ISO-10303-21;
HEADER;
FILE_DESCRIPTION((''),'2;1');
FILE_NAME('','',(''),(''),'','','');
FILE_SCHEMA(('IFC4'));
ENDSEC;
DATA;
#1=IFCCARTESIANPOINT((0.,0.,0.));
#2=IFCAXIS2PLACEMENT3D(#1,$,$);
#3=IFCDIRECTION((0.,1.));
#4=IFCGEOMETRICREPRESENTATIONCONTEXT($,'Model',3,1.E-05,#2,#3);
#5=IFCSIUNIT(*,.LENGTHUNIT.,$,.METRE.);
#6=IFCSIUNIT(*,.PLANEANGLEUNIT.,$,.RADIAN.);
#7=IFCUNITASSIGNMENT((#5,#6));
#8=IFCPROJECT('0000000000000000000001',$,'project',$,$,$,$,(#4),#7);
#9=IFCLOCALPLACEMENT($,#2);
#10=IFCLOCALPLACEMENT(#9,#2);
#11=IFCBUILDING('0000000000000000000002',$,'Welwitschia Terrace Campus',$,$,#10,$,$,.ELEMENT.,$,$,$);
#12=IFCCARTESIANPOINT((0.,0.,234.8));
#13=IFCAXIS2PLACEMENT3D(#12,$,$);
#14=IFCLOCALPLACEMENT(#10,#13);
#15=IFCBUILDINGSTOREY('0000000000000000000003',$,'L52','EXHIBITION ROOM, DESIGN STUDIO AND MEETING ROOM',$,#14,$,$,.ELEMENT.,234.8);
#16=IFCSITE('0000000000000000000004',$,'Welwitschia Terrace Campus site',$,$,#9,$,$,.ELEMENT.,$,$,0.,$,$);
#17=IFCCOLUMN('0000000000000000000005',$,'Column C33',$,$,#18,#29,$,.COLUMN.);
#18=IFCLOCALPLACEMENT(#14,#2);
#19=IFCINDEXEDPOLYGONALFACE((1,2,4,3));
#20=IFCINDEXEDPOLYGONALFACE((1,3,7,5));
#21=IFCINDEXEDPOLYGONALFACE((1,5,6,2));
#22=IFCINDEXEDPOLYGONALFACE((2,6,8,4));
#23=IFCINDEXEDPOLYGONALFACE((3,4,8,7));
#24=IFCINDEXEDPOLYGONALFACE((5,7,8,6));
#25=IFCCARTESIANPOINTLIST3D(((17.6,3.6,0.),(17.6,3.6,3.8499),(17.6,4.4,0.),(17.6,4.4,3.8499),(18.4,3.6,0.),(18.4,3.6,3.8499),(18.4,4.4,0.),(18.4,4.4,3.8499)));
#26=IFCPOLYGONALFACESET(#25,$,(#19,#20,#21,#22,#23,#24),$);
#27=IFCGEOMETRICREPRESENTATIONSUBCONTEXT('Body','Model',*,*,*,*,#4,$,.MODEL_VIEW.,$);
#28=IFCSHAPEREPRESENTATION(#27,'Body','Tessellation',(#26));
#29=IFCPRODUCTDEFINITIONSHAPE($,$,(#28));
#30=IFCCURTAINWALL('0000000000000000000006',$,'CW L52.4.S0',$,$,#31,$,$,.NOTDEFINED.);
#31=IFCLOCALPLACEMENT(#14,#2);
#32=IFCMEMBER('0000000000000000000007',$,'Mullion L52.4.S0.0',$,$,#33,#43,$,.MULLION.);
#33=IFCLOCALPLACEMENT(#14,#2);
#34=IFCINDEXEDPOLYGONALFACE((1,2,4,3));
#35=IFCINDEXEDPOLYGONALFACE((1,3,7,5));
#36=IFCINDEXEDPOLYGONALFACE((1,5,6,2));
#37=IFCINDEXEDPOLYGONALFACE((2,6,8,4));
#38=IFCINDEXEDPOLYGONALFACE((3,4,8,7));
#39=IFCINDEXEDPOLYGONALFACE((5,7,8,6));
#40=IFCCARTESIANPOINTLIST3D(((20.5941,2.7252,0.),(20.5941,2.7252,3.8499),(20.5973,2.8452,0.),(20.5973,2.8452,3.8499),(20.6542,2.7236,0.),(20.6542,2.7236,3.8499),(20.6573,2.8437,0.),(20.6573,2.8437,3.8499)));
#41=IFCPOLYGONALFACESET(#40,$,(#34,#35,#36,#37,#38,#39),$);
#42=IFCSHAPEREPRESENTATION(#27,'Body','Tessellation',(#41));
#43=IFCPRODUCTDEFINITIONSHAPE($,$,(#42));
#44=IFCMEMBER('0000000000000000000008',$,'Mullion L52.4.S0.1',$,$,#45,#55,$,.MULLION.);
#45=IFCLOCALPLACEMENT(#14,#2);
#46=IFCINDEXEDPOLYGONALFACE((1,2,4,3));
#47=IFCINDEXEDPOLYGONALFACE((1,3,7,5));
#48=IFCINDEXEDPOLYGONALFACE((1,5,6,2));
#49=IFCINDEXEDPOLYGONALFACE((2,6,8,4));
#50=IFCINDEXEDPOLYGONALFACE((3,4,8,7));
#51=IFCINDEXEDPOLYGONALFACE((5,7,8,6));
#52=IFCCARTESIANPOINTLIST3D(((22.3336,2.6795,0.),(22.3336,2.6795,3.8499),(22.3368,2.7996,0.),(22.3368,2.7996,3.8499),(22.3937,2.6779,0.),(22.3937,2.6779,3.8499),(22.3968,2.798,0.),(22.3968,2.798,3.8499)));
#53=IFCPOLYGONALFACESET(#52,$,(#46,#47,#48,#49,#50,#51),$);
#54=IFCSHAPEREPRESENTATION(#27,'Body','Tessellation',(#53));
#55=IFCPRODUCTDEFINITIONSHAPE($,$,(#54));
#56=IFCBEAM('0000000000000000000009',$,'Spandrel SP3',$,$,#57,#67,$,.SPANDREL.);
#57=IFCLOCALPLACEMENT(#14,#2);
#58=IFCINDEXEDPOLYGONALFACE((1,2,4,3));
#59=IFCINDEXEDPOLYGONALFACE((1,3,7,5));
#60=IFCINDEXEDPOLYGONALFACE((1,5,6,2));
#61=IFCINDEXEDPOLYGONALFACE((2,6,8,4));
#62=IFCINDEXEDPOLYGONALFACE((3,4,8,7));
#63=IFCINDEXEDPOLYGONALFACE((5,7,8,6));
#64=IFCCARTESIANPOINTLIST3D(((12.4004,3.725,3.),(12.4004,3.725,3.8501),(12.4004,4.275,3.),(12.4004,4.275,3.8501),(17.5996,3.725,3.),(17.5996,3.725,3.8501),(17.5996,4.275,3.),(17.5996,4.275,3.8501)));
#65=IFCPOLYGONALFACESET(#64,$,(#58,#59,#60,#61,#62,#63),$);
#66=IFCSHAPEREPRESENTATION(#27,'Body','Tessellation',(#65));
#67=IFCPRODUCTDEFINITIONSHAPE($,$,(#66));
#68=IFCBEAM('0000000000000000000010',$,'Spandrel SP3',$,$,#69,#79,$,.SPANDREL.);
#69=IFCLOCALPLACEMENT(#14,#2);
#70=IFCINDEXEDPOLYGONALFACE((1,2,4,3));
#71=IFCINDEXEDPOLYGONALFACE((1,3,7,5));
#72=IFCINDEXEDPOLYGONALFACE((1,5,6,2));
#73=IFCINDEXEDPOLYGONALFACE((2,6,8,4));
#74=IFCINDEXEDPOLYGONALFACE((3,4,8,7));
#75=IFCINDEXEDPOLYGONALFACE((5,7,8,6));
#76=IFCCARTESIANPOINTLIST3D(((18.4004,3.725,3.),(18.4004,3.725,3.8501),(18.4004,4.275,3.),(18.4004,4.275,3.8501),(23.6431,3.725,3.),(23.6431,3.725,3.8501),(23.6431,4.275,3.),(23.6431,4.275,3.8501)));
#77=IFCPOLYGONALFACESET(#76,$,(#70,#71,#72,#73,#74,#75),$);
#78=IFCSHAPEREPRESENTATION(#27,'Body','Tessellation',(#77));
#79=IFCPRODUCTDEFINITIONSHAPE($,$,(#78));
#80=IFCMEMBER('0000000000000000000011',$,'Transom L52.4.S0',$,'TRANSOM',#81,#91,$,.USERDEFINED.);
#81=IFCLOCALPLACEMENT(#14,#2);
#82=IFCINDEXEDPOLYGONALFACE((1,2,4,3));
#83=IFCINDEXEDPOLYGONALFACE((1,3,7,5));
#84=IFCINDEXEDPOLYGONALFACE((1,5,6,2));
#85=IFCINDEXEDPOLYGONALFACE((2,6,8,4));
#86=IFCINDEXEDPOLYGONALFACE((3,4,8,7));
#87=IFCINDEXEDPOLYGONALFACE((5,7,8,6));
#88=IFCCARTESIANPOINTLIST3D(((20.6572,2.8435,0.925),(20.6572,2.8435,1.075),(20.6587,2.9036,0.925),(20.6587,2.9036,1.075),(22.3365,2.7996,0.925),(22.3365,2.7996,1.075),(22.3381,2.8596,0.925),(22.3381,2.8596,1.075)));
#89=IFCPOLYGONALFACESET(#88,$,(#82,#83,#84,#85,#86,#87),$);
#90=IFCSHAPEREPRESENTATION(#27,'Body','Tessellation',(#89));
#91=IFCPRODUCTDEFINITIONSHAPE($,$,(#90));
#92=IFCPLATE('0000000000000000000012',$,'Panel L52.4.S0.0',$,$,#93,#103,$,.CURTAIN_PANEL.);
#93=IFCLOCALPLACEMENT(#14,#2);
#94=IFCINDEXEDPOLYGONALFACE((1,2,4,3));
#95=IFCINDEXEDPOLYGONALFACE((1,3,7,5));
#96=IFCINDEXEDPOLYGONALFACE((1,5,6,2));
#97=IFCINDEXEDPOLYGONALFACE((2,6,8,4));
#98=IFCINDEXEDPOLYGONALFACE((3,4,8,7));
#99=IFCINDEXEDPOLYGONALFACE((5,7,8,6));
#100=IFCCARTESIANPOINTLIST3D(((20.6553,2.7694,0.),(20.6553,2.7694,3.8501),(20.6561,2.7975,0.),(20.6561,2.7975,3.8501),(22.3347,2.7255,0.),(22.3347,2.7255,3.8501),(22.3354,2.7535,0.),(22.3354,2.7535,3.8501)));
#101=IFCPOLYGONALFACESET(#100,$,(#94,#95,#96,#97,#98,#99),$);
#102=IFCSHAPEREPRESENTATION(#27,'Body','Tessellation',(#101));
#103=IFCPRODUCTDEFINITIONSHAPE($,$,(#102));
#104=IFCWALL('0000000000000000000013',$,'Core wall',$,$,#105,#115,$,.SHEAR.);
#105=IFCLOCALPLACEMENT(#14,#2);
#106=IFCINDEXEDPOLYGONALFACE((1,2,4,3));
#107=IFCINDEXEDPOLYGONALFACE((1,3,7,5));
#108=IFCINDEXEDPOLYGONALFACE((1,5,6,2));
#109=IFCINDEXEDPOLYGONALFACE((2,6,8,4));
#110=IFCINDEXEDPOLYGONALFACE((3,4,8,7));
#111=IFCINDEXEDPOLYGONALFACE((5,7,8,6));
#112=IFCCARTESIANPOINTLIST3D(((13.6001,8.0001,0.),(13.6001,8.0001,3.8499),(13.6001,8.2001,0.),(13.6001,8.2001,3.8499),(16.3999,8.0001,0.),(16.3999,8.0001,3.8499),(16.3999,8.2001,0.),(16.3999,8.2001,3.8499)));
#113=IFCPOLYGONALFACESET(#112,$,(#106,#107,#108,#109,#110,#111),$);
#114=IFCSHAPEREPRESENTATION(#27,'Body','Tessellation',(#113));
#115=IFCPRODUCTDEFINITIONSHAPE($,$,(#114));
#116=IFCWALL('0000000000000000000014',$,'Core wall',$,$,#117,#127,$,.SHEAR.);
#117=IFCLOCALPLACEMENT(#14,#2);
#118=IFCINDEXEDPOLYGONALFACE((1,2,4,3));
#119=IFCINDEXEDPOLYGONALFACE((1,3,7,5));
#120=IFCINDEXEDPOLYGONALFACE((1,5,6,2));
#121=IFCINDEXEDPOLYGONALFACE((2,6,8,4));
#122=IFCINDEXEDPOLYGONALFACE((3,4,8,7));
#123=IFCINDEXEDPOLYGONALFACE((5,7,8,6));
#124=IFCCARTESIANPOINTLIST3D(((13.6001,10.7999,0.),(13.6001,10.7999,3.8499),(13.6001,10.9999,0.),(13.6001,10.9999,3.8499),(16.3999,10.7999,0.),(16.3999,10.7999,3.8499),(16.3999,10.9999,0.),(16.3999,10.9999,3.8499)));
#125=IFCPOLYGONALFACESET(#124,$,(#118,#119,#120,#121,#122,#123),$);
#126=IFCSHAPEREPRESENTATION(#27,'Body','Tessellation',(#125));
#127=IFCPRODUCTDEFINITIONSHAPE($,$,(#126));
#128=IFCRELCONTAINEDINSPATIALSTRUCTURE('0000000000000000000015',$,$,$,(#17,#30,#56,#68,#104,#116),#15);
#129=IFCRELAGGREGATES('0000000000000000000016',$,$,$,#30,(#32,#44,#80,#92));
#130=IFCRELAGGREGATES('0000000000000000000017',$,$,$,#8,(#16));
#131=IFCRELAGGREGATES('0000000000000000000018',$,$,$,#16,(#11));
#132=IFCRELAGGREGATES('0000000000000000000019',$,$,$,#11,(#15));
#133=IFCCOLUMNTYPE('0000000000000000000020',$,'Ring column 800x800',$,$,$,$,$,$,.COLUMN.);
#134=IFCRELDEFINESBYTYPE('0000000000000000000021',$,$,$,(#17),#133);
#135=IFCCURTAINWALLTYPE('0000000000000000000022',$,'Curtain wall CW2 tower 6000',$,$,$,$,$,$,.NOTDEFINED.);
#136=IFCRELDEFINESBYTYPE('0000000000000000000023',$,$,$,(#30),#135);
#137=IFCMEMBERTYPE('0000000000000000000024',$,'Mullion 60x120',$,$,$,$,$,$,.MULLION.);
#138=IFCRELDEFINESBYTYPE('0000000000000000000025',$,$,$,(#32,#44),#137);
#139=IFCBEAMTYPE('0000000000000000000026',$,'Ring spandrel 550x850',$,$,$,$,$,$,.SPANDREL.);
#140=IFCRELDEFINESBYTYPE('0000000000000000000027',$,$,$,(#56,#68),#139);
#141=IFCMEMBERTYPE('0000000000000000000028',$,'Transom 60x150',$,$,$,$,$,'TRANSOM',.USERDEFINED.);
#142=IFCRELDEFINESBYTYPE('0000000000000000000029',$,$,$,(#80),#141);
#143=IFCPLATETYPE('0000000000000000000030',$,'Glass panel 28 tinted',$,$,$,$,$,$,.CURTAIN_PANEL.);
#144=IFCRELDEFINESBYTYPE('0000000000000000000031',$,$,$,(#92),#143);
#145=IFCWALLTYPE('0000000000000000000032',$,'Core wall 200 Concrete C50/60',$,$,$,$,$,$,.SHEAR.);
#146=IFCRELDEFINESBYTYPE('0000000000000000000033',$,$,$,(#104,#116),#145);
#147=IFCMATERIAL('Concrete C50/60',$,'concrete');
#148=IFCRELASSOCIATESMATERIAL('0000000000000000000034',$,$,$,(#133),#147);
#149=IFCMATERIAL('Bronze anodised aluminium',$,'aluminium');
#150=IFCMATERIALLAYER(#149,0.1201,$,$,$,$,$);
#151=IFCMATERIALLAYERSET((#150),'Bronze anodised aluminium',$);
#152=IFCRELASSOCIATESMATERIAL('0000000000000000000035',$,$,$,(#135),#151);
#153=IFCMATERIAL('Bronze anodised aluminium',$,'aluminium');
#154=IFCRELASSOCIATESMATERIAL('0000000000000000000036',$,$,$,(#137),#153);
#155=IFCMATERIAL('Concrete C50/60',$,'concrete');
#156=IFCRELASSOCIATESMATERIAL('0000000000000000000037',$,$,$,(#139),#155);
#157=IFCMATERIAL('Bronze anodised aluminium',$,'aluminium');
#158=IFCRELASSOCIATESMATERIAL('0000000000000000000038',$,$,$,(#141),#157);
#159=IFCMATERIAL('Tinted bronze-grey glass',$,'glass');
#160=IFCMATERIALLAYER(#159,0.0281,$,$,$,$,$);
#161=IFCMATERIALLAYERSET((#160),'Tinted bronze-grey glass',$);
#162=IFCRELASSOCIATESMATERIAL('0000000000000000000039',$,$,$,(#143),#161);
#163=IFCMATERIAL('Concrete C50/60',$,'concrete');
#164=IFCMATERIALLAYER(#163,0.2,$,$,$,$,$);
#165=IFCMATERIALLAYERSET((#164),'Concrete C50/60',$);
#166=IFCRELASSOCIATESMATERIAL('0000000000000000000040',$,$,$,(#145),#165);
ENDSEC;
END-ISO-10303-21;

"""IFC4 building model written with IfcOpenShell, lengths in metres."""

from ifc_helpers import new_model, si_unit, direction, frame, frame_2d, origin, origin_2d, place, context, subcontext, project, spatial, rectangle, extrude, material, layer, layer_set, material_profile, profile_set, type_object, element, aggregate, save


model = new_model("IFC4")

# Units and contexts
model_context = context("Model", 3, precision=1e-05, world=origin(), true_north=direction((0.0, 1.0)))
body_context = subcontext(model_context, "Body", "Model", "MODEL_VIEW")
ifc_project = project(units=[si_unit("LENGTHUNIT", "METRE"), si_unit("PLANEANGLEUNIT", "RADIAN")], contexts=[model_context])

# Site, building, storey
site_placement = place(None, origin())
site = spatial("IfcSite", under=ifc_project, at=site_placement, Name="Welwitschia Terrace Campus site", CompositionType="ELEMENT", RefElevation=0.0)
building_placement = place(site_placement, origin())
building = spatial("IfcBuilding", under=site, at=building_placement, Name="Welwitschia Terrace Campus", CompositionType="ELEMENT")
storey_placement = place(building_placement, frame((0.0, 0.0, 234.8)))
storey = spatial("IfcBuildingStorey", under=building, at=storey_placement, Name="L52", Description="EXHIBITION ROOM, DESIGN STUDIO AND MEETING ROOM", CompositionType="ELEMENT", Elevation=234.8)

# Column
ifc_material_1 = material(Name="Concrete C50/60", Category="concrete")
ifc_material_profile_1 = material_profile(ifc_material_1, rectangle(XDim=0.8, YDim=0.8, at=origin_2d()))
ifc_profile_set_1 = profile_set([ifc_material_profile_1], Name="Concrete C50/60")
column_type = type_object("IfcColumnType", Name="Ring column 800x800", PredefinedType="COLUMN", material=ifc_profile_set_1)
column_placement = place(storey_placement, frame((18.0, 4.0, 0.0), z_axis=(0.0, 0.0, 1.0), x_axis=(1.0, 0.0, 0.0)))
element("IfcColumn", 1, at=column_placement, inside=storey, type_object=column_type, Name="Column C33", PredefinedType="COLUMN", context=body_context, shape_type="SweptSolid", body=[
    extrude(rectangle(XDim=0.8, YDim=0.8, at=origin_2d()), origin(), (0.0, 0.0, 1.0), 3.8499),
])

# Curtain wall, members
ifc_material_2 = material(Name="Bronze anodised aluminium", Category="aluminium")
ifc_layer_1 = layer(ifc_material_2, 0.1201)
ifc_layer_set_1 = layer_set([ifc_layer_1], Name="Bronze anodised aluminium")
curtain_wall_type = type_object("IfcCurtainWallType", Name="Curtain wall CW2 tower 6000", PredefinedType="NOTDEFINED", material=ifc_layer_set_1)
curtain_wall_placement = place(storey_placement, origin())
curtain_wall = element("IfcCurtainWall", 2, at=curtain_wall_placement, inside=storey, type_object=curtain_wall_type, Name="CW L52.4.S0", PredefinedType="NOTDEFINED")
ifc_material_3 = material(Name="Bronze anodised aluminium", Category="aluminium")
ifc_material_profile_2 = material_profile(ifc_material_3, rectangle(XDim=0.1201, YDim=0.0601, at=origin_2d()))
ifc_profile_set_2 = profile_set([ifc_material_profile_2], Name="Bronze anodised aluminium")
member_type_1 = type_object("IfcMemberType", Name="Mullion 60x120", PredefinedType="MULLION", material=ifc_profile_set_2)
member_1_placement = place(storey_placement, frame((20.6257, 2.7844, 0.0), z_axis=(0.0, 0.0, 1.0), x_axis=(0.026177, 0.999657, 0.0)))
member_1 = element("IfcMember", 3, at=member_1_placement, type_object=member_type_1, Name="Mullion L52.4.S0.0", PredefinedType="MULLION", context=body_context, shape_type="SweptSolid", body=[
    extrude(rectangle(XDim=0.1201, YDim=0.0601, at=origin_2d()), origin(), (0.0, 0.0, 1.0), 3.8499),
])
member_2_placement = place(storey_placement, frame((22.3652, 2.7388, 0.0), z_axis=(0.0, 0.0, 1.0), x_axis=(0.026177, 0.999657, 0.0)))
member_2 = element("IfcMember", 4, at=member_2_placement, type_object=member_type_1, Name="Mullion L52.4.S0.1", PredefinedType="MULLION", context=body_context, shape_type="SweptSolid", body=[
    extrude(rectangle(XDim=0.1201, YDim=0.0601, at=origin_2d()), origin(), (0.0, 0.0, 1.0), 3.8499),
])

# Beams
ifc_material_4 = material(Name="Concrete C50/60", Category="concrete")
ifc_material_profile_3 = material_profile(ifc_material_4, rectangle(XDim=0.55, YDim=0.8501, at=origin_2d()))
ifc_profile_set_3 = profile_set([ifc_material_profile_3], Name="Concrete C50/60")
beam_type = type_object("IfcBeamType", Name="Ring spandrel 550x850", PredefinedType="SPANDREL", material=ifc_profile_set_3)
beam_1_placement = place(storey_placement, frame((12.4004, 4.0, 3.425), z_axis=(1.0, 0.0, 0.0), x_axis=(0.0, 1.0, 0.0)))
element("IfcBeam", 5, at=beam_1_placement, inside=storey, type_object=beam_type, Name="Spandrel SP3", PredefinedType="SPANDREL", context=body_context, shape_type="SweptSolid", body=[
    extrude(rectangle(XDim=0.55, YDim=0.8501, at=origin_2d()), origin(), (0.0, 0.0, 1.0), 5.1992),
])
beam_2_placement = place(storey_placement, frame((18.4004, 4.0, 3.425), z_axis=(1.0, 0.0, 0.0), x_axis=(0.0, 1.0, 0.0)))
element("IfcBeam", 6, at=beam_2_placement, inside=storey, type_object=beam_type, Name="Spandrel SP3", PredefinedType="SPANDREL", context=body_context, shape_type="SweptSolid", body=[
    extrude(rectangle(XDim=0.55, YDim=0.8501, at=origin_2d()), origin(), (0.0, 0.0, 1.0), 5.2427),
])

# Member
ifc_material_5 = material(Name="Bronze anodised aluminium", Category="aluminium")
ifc_material_profile_4 = material_profile(ifc_material_5, rectangle(XDim=0.0601, YDim=0.1499, at=origin_2d()))
ifc_profile_set_4 = profile_set([ifc_material_profile_4], Name="Bronze anodised aluminium")
member_type_2 = type_object("IfcMemberType", Name="Transom 60x150", ElementType="TRANSOM", PredefinedType="USERDEFINED", material=ifc_profile_set_4)
member_3_placement = place(storey_placement, frame((20.658, 2.8735, 1.0), z_axis=(0.999658, -0.026158, 0.0), x_axis=(0.026158, 0.999658, 0.0)))
member_3 = element("IfcMember", 7, at=member_3_placement, type_object=member_type_2, Name="Transom L52.4.S0", ObjectType="TRANSOM", PredefinedType="USERDEFINED", context=body_context, shape_type="SweptSolid", body=[
    extrude(rectangle(XDim=0.0601, YDim=0.1499, at=origin_2d()), origin(), (0.0, 0.0, 1.0), 1.6799),
])

# Plate
ifc_material_6 = material(Name="Tinted bronze-grey glass", Category="glass")
ifc_layer_2 = layer(ifc_material_6, 0.0281)
ifc_layer_set_2 = layer_set([ifc_layer_2], Name="Tinted bronze-grey glass")
plate_type = type_object("IfcPlateType", Name="Glass panel 28 tinted", PredefinedType="CURTAIN_PANEL", material=ifc_layer_set_2)
plate_placement = place(storey_placement, frame((21.4954, 2.7615, 0.0), z_axis=(0.0, 0.0, 1.0), x_axis=(0.999657, -0.026177, 0.0)))
plate = element("IfcPlate", 8, at=plate_placement, type_object=plate_type, Name="Panel L52.4.S0.0", PredefinedType="CURTAIN_PANEL", context=body_context, shape_type="SweptSolid", body=[
    extrude(rectangle(XDim=1.6799, YDim=0.0281, at=origin_2d()), origin(), (0.0, 0.0, 1.0), 3.8501),
])
aggregate(curtain_wall, [member_1, member_2, member_3, plate])

# Walls
ifc_material_7 = material(Name="Concrete C50/60", Category="concrete")
ifc_layer_3 = layer(ifc_material_7, 0.2)
ifc_layer_set_3 = layer_set([ifc_layer_3], Name="Concrete C50/60")
wall_type_1 = type_object("IfcWallType", Name="Core wall 200 Concrete C50/60", PredefinedType="SHEAR", material=ifc_layer_set_3)
for number, where, z_axis, x_axis, name in (
    (9, (13.6001, 8.1001, 0.0), (0.0, 0.0, 1.0), (1.0, 0.0, 0.0), "Core wall"),
    (10, (13.6001, 10.8999, 0.0), (0.0, 0.0, 1.0), (1.0, 0.0, 0.0), "Core wall"),
):
    element("IfcWall", number, at=place(storey_placement, frame(where, z_axis=z_axis, x_axis=x_axis)), inside=storey, type_object=wall_type_1, Name=name, PredefinedType="SHEAR", context=body_context, shape_type="SweptSolid", body=[
        extrude(rectangle(XDim=2.7998, YDim=0.2, at=frame_2d((1.3999, 0.0))), origin(), (0.0, 0.0, 1.0), 3.8499),
    ])

save(model, "model.ifc")
